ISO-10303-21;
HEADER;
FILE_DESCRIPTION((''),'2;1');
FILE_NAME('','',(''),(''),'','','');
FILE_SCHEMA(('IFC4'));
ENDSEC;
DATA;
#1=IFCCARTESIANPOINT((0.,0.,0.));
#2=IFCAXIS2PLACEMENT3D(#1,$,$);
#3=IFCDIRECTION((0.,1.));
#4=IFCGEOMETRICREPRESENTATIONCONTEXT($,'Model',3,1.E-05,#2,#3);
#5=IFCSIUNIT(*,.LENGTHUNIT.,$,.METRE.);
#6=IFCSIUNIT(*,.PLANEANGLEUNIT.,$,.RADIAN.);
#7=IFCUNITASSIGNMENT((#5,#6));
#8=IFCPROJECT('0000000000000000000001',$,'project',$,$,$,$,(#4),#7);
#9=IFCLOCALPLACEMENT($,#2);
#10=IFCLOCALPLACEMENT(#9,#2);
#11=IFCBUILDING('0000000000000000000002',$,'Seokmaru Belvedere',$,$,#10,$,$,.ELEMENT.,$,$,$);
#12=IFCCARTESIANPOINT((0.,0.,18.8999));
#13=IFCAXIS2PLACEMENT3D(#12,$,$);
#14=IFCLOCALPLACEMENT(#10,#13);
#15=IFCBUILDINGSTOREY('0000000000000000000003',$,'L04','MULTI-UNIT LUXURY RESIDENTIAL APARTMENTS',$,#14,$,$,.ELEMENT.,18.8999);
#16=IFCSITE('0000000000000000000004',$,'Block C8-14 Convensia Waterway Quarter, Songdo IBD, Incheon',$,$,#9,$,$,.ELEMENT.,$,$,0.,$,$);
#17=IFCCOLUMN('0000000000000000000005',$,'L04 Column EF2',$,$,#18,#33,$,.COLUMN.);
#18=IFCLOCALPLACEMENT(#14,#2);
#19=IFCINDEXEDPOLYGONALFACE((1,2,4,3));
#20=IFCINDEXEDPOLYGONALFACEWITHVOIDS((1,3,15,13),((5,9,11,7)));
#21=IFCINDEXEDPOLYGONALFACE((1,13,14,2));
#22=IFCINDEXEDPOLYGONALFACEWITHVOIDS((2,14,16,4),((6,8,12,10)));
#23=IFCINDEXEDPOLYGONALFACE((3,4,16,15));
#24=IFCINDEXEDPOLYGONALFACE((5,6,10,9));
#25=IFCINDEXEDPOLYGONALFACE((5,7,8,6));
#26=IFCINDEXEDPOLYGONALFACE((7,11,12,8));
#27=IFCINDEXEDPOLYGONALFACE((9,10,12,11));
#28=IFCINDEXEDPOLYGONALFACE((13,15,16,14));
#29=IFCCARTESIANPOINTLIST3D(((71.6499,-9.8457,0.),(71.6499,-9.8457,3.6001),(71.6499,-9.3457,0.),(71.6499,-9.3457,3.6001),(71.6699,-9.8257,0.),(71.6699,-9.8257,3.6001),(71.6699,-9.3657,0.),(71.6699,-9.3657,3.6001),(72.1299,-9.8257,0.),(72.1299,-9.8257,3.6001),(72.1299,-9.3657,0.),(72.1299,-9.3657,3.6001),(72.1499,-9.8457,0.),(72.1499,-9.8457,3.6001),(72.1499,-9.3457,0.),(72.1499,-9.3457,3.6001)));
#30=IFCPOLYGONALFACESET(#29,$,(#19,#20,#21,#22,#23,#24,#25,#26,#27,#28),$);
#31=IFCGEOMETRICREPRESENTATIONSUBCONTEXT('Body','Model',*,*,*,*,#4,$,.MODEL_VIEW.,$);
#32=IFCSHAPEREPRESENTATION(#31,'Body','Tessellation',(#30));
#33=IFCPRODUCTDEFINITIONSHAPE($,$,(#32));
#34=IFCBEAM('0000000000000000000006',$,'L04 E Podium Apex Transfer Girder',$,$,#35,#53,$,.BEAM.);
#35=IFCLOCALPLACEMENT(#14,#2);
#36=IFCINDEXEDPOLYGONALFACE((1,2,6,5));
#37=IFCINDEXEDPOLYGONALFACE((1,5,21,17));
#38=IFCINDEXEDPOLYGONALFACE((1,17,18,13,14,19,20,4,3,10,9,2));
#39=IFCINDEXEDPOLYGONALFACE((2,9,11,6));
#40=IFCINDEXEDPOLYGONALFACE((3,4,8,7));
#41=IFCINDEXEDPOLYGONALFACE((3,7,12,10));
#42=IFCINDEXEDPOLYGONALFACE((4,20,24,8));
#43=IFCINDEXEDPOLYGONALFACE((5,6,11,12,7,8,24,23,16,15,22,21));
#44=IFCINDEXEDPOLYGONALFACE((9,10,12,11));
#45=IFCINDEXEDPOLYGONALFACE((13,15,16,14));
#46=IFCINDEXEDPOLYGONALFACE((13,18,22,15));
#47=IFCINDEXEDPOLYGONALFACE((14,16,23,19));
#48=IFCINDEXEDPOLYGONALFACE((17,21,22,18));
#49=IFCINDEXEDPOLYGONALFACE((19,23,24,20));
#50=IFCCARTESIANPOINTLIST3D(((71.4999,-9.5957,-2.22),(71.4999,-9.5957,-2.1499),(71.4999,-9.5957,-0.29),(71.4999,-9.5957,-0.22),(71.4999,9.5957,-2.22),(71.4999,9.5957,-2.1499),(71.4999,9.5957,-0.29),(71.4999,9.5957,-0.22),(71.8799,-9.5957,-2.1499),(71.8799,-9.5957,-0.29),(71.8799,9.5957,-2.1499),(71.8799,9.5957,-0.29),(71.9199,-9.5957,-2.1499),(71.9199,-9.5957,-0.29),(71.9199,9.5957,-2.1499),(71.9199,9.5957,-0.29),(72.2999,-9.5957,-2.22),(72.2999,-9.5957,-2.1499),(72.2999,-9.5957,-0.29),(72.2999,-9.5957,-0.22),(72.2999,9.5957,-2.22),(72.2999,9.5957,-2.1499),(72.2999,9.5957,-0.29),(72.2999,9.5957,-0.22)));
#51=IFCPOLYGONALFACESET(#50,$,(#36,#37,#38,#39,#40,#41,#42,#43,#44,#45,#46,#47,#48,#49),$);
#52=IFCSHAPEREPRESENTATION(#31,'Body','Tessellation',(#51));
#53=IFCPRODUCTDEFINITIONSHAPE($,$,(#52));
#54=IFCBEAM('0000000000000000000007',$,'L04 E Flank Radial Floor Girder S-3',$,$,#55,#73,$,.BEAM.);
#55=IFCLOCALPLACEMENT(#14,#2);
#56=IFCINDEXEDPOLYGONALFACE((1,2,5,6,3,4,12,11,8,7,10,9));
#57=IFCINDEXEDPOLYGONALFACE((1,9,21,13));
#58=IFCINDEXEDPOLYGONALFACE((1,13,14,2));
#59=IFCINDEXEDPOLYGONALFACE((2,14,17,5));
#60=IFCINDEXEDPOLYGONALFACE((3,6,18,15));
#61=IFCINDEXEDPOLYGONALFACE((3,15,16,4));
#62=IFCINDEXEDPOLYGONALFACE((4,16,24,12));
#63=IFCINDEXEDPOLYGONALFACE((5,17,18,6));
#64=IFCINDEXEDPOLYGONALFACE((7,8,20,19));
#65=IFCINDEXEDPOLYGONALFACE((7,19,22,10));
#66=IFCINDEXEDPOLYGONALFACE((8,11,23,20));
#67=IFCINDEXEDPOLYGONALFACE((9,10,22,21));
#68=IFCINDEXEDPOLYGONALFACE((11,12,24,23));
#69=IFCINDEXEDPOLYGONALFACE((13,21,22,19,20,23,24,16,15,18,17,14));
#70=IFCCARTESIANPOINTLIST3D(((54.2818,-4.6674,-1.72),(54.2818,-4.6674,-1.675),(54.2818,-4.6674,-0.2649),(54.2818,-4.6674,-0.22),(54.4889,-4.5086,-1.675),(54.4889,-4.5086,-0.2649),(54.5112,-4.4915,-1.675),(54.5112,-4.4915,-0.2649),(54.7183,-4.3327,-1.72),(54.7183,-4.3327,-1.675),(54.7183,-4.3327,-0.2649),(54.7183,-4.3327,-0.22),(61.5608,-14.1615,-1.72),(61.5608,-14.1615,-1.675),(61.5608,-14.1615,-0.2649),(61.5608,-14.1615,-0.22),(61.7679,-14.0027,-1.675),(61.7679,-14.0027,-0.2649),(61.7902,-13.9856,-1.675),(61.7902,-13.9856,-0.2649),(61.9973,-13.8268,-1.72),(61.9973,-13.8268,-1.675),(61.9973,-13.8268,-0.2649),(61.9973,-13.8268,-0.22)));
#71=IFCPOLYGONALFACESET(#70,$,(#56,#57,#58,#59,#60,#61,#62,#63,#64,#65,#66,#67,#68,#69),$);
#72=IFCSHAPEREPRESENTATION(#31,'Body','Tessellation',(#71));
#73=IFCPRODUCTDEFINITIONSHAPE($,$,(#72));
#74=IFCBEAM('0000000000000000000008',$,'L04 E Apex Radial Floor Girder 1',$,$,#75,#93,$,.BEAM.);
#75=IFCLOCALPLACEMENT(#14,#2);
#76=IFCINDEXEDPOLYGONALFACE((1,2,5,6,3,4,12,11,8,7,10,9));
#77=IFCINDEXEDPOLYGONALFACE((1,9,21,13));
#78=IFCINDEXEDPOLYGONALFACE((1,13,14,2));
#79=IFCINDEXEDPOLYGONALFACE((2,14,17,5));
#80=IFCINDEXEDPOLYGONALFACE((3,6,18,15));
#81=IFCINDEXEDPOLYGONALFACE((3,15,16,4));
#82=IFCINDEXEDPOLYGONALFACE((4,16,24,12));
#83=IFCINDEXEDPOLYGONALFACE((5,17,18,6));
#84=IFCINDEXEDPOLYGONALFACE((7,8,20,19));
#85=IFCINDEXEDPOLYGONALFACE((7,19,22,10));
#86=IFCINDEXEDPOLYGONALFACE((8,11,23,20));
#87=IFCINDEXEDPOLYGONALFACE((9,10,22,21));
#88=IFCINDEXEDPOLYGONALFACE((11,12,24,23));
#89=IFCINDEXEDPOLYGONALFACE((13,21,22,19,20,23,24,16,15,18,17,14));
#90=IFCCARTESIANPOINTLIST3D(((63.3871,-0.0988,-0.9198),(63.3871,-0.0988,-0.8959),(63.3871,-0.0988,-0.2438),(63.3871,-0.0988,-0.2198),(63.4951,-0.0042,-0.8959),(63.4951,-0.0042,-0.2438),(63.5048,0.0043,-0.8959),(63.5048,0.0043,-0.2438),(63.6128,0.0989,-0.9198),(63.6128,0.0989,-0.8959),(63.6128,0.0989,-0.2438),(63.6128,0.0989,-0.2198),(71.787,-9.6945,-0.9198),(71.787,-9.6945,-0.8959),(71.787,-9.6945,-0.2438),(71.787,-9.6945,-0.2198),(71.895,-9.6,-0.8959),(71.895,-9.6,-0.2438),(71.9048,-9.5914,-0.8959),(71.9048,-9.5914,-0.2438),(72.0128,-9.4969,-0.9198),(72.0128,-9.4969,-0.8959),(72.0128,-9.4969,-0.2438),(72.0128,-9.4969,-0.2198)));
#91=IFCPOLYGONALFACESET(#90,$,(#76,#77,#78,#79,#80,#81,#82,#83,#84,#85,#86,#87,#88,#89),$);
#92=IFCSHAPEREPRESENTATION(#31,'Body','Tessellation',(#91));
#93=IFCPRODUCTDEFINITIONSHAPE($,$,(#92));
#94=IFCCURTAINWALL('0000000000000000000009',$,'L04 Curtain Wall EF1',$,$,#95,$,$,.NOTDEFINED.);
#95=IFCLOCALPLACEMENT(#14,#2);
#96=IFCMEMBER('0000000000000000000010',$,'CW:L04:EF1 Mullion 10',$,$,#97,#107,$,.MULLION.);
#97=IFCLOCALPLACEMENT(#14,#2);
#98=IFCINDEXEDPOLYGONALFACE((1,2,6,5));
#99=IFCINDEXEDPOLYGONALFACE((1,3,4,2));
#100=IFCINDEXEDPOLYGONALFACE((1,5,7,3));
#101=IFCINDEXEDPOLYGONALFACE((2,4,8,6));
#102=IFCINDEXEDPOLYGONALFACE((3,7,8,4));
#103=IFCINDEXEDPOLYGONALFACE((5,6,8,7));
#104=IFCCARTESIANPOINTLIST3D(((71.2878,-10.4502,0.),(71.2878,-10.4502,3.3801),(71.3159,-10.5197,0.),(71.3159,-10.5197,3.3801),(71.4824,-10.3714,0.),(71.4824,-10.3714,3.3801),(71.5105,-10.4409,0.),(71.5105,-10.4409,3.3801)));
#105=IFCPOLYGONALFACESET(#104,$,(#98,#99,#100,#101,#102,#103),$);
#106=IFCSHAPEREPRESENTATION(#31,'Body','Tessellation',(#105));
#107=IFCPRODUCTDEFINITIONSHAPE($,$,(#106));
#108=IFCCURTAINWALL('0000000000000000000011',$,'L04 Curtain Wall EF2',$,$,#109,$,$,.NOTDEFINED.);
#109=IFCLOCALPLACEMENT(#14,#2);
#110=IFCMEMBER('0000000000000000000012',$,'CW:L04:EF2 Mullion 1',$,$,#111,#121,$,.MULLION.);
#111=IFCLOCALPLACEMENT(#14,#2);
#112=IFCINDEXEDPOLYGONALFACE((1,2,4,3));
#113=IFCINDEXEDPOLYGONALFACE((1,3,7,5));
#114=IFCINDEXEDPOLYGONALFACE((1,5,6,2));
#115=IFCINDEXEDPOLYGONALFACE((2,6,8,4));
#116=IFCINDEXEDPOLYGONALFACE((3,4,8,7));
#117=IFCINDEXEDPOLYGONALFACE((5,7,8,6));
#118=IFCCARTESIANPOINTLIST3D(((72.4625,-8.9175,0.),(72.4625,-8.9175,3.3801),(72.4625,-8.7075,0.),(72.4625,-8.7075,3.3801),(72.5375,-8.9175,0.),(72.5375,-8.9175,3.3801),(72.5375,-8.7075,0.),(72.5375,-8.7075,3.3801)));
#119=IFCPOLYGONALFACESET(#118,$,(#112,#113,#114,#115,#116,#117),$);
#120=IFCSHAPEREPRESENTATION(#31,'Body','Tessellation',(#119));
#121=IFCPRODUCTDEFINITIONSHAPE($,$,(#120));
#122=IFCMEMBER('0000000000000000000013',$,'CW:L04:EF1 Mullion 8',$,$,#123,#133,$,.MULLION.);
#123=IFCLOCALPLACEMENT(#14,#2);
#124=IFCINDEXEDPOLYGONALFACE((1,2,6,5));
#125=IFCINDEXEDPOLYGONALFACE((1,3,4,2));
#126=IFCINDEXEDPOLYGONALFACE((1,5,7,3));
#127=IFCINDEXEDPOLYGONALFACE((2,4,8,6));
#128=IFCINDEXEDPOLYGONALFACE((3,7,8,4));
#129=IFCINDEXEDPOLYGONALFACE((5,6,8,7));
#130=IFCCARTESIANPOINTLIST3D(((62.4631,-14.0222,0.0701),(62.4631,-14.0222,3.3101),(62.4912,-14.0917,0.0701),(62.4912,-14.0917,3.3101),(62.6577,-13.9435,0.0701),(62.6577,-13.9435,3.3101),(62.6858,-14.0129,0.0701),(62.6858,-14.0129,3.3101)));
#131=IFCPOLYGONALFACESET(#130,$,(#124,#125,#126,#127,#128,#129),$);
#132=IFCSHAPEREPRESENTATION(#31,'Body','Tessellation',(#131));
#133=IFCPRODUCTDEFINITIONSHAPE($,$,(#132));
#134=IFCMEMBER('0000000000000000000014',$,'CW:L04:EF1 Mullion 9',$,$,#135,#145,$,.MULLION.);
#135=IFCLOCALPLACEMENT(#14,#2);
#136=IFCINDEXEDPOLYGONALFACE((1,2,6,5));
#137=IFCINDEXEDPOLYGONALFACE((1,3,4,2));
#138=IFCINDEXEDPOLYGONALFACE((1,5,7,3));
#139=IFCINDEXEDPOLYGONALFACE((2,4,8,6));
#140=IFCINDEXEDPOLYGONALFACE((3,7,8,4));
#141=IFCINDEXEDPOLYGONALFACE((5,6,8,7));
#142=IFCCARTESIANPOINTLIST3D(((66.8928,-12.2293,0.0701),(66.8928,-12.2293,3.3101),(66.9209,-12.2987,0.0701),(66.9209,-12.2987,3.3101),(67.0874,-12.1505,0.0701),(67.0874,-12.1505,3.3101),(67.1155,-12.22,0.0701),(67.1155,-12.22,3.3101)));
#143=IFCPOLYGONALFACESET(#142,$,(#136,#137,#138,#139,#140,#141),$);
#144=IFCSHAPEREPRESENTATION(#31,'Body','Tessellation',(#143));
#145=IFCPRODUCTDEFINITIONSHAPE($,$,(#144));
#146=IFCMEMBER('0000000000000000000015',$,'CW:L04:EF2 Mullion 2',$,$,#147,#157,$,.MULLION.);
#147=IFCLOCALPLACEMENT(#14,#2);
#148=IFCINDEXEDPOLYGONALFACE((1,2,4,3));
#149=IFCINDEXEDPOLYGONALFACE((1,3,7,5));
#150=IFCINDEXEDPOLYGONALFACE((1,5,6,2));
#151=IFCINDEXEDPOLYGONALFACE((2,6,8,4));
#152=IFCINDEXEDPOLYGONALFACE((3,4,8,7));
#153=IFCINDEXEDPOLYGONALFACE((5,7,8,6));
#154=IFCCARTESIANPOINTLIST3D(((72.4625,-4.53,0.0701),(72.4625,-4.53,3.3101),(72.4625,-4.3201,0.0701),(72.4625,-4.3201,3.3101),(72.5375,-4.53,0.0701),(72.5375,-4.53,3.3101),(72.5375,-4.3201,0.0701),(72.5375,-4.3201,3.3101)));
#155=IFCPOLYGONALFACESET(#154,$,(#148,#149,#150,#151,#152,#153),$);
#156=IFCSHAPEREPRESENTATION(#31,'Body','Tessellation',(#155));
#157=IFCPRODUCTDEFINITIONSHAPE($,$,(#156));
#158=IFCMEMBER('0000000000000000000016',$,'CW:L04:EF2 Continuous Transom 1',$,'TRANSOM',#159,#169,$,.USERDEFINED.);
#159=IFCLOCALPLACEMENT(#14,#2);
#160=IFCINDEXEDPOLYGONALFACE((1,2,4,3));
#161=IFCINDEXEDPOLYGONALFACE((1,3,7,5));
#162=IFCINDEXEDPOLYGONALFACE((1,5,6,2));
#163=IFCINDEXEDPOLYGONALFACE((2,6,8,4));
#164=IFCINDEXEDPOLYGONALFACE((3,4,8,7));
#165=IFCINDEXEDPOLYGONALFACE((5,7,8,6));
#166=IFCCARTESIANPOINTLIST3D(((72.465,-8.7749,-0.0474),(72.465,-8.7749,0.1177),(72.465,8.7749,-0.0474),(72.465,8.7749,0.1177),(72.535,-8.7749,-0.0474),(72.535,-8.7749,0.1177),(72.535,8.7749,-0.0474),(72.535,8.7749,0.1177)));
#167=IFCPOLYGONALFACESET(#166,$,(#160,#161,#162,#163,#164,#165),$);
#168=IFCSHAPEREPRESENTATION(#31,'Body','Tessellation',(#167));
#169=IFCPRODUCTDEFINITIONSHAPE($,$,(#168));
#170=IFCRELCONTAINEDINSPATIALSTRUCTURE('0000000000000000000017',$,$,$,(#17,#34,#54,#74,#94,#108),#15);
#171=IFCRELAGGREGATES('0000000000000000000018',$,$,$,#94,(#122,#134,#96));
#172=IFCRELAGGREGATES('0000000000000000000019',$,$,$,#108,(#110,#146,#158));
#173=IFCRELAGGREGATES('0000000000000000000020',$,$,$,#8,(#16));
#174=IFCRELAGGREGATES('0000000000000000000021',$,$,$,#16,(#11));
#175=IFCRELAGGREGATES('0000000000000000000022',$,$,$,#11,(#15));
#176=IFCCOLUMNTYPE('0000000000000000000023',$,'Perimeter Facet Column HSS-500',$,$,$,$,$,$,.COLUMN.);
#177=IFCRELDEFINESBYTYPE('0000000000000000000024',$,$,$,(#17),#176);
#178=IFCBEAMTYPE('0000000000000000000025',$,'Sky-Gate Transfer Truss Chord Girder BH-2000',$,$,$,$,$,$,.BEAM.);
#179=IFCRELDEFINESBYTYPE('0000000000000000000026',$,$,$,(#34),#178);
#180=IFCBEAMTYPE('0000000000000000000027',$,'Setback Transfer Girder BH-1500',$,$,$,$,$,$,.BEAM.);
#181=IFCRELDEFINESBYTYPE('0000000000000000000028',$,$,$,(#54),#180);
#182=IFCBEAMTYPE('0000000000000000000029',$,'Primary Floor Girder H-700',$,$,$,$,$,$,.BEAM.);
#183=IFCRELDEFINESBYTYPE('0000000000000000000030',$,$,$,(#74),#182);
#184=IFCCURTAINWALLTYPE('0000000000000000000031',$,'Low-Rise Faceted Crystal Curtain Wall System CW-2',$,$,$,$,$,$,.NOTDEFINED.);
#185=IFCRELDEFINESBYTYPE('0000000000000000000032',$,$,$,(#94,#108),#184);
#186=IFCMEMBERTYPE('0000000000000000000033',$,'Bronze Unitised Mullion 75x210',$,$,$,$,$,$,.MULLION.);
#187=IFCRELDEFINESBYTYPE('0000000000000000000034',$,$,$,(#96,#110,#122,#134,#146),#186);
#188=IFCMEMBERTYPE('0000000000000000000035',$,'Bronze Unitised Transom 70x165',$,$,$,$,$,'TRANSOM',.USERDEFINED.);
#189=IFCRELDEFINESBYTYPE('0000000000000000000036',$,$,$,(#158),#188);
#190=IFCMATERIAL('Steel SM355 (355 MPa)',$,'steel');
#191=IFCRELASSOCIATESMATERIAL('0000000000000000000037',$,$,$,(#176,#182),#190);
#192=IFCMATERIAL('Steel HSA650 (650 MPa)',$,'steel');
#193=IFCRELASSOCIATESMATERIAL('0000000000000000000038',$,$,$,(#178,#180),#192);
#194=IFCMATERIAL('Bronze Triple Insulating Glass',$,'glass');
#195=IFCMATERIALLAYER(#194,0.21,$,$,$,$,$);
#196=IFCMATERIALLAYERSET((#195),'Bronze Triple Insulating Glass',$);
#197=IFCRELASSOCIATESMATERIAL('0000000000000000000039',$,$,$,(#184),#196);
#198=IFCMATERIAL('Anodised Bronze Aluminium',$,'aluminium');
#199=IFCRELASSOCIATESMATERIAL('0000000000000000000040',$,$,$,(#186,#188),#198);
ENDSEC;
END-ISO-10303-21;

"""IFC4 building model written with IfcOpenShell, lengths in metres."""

from ifc_helpers import new_model, si_unit, direction, frame, origin, origin_2d, place, context, subcontext, project, spatial, rectangle, hollow_rectangle, i_section, extrude, source, transform, mapped, material, layer, layer_set, material_profile, profile_set, type_object, type_shapes, element, aggregate, save


model = new_model("IFC4")

# Units and contexts
model_context = context("Model", 3, precision=1e-05, world=origin(), true_north=direction((0.0, 1.0)))
body_context = subcontext(model_context, "Body", "Model", "MODEL_VIEW")
ifc_project = project(units=[si_unit("LENGTHUNIT", "METRE"), si_unit("PLANEANGLEUNIT", "RADIAN")], contexts=[model_context])

# Site, building, storey
site_placement = place(None, origin())
site = spatial("IfcSite", under=ifc_project, at=site_placement, Name="Block C8-14 Convensia Waterway Quarter, Songdo IBD, Incheon", CompositionType="ELEMENT", RefElevation=0.0)
building_placement = place(site_placement, origin())
building = spatial("IfcBuilding", under=site, at=building_placement, Name="Seokmaru Belvedere", CompositionType="ELEMENT")
storey_placement = place(building_placement, frame((0.0, 0.0, 18.8999)))
storey = spatial("IfcBuildingStorey", under=building, at=storey_placement, Name="L04", Description="MULTI-UNIT LUXURY RESIDENTIAL APARTMENTS", CompositionType="ELEMENT", Elevation=18.8999)

# Column
ifc_material_1 = material(Name="Steel SM355 (355 MPa)", Category="steel")
ifc_material_profile_1 = material_profile(ifc_material_1, hollow_rectangle(XDim=0.5, YDim=0.5, WallThickness=0.02, at=origin_2d()), Name="HSS-500x500x20")
ifc_profile_set_1 = profile_set([ifc_material_profile_1], Name="Steel SM355 (355 MPa)")
column_type = type_object("IfcColumnType", Name="Perimeter Facet Column HSS-500", PredefinedType="COLUMN", material=ifc_profile_set_1)
shared_shape_1 = source(origin(), body_context, "Body", "SweptSolid", [
    extrude(hollow_rectangle(XDim=0.5, YDim=0.5, WallThickness=0.02, at=origin_2d()), origin(), (0.0, 0.0, 1.0), 3.6001),
])
type_shapes(column_type, [shared_shape_1])
column_placement = place(storey_placement, frame((71.8999, -9.5957, 0.0), z_axis=(0.0, 0.0, 1.0), x_axis=(1.0, 0.0, 0.0)))
element("IfcColumn", 1, at=column_placement, inside=storey, type_object=column_type, Name="L04 Column EF2", PredefinedType="COLUMN", context=body_context, shape_type="MappedRepresentation", body=[
    mapped(shared_shape_1, transform((0.0, 0.0, 0.0), scale=1.0)),
])

# Beams
ifc_material_2 = material(Name="Steel HSA650 (650 MPa)", Category="steel")
ifc_material_profile_2 = material_profile(ifc_material_2, i_section(OverallWidth=0.8, OverallDepth=2.0, WebThickness=0.04, FlangeThickness=0.0701, at=origin_2d()), Name="BH-2000x800x40x70")
ifc_profile_set_2 = profile_set([ifc_material_profile_2], Name="Steel HSA650 (650 MPa)")
beam_type_1 = type_object("IfcBeamType", Name="Sky-Gate Transfer Truss Chord Girder BH-2000", PredefinedType="BEAM", material=ifc_profile_set_2)
shared_shape_2 = source(origin(), body_context, "Body", "SweptSolid", [
    extrude(i_section(OverallWidth=0.8, OverallDepth=2.0, WebThickness=0.04, FlangeThickness=0.0701, at=origin_2d()), origin(), (0.0, 0.0, 1.0), 19.1914),
])
type_shapes(beam_type_1, [shared_shape_2])
beam_1_placement = place(storey_placement, frame((71.8999, -9.5957, -1.22), z_axis=(0.0, 1.0, 0.0), x_axis=(-1.0, 0.0, 0.0)))
element("IfcBeam", 2, at=beam_1_placement, inside=storey, type_object=beam_type_1, Name="L04 E Podium Apex Transfer Girder", PredefinedType="BEAM", context=body_context, shape_type="MappedRepresentation", body=[
    mapped(shared_shape_2, transform((0.0, 0.0, 0.0), scale=1.0)),
])
ifc_material_profile_3 = material_profile(ifc_material_2, i_section(OverallWidth=0.55, OverallDepth=1.5, WebThickness=0.0281, FlangeThickness=0.0449, at=origin_2d()), Name="BH-1500x550x28x45")
ifc_profile_set_3 = profile_set([ifc_material_profile_3], Name="Steel HSA650 (650 MPa)")
beam_type_2 = type_object("IfcBeamType", Name="Setback Transfer Girder BH-1500", PredefinedType="BEAM", material=ifc_profile_set_3)
shared_shape_3 = source(origin(), body_context, "Body", "SweptSolid", [
    extrude(i_section(OverallWidth=0.55, OverallDepth=1.5, WebThickness=0.0281, FlangeThickness=0.0449, at=origin_2d()), origin(), (0.0, 0.0, 1.0), 11.9634),
])
type_shapes(beam_type_2, [shared_shape_3])
beam_2_placement = place(storey_placement, frame((61.7791, -13.9941, -0.97), z_axis=(-0.608443, 0.793598, 0.0), x_axis=(-0.793598, -0.608443, 0.0)))
element("IfcBeam", 3, at=beam_2_placement, inside=storey, type_object=beam_type_2, Name="L04 E Flank Radial Floor Girder S-3", PredefinedType="BEAM", context=body_context, shape_type="MappedRepresentation", body=[
    mapped(shared_shape_3, transform((0.0, 0.0, 0.0), scale=1.0)),
])
ifc_material_profile_4 = material_profile(ifc_material_1, i_section(OverallWidth=0.3, OverallDepth=0.7, WebThickness=0.0129, FlangeThickness=0.0239, at=origin_2d()), Name="H-700x300x13x24")
ifc_profile_set_4 = profile_set([ifc_material_profile_4], Name="Steel SM355 (355 MPa)")
beam_type_3 = type_object("IfcBeamType", Name="Primary Floor Girder H-700", PredefinedType="BEAM", material=ifc_profile_set_4)
shared_shape_4 = source(origin(), body_context, "Body", "SweptSolid", [
    extrude(i_section(OverallWidth=0.3, OverallDepth=0.7, WebThickness=0.0129, FlangeThickness=0.0239, at=origin_2d()), origin(), (0.0, 0.0, 1.0), 12.7529),
])
type_shapes(beam_type_3, [shared_shape_4])
beam_3_placement = place(storey_placement, frame((71.8999, -9.5957, -0.5698), z_axis=(-0.658667, 0.752434, 0.0), x_axis=(-0.752434, -0.658667, 0.0)))
element("IfcBeam", 4, at=beam_3_placement, inside=storey, type_object=beam_type_3, Name="L04 E Apex Radial Floor Girder 1", PredefinedType="BEAM", context=body_context, shape_type="MappedRepresentation", body=[
    mapped(shared_shape_4, transform((0.0, 0.0, 0.0), scale=1.0)),
])

# Curtain walls, members
ifc_material_3 = material(Name="Bronze Triple Insulating Glass", Category="glass")
ifc_layer_1 = layer(ifc_material_3, 0.21)
ifc_layer_set_1 = layer_set([ifc_layer_1], Name="Bronze Triple Insulating Glass")
curtain_wall_type = type_object("IfcCurtainWallType", Name="Low-Rise Faceted Crystal Curtain Wall System CW-2", PredefinedType="NOTDEFINED", material=ifc_layer_set_1)
curtain_wall_1_placement = place(storey_placement, origin())
curtain_wall_1 = element("IfcCurtainWall", 5, at=curtain_wall_1_placement, inside=storey, type_object=curtain_wall_type, Name="L04 Curtain Wall EF1", PredefinedType="NOTDEFINED")
ifc_material_4 = material(Name="Anodised Bronze Aluminium", Category="aluminium")
ifc_material_profile_5 = material_profile(ifc_material_4, rectangle(XDim=0.075, YDim=0.21, at=origin_2d()), Name="CW-M-75x210")
ifc_profile_set_5 = profile_set([ifc_material_profile_5], Name="Anodised Bronze Aluminium")
member_type_1 = type_object("IfcMemberType", Name="Bronze Unitised Mullion 75x210", PredefinedType="MULLION", material=ifc_profile_set_5)
shared_shape_5 = source(origin(), body_context, "Body", "SweptSolid", [
    extrude(rectangle(XDim=0.075, YDim=0.21, at=origin_2d()), origin(), (0.0, 0.0, 1.0), 3.3801),
])
member_1_placement = place(storey_placement, frame((71.3992, -10.4456, 0.0), z_axis=(0.0, 0.0, 1.0), x_axis=(-0.375192, 0.926947, 0.0)))
member_1 = element("IfcMember", 6, at=member_1_placement, type_object=member_type_1, Name="CW:L04:EF1 Mullion 10", PredefinedType="MULLION", context=body_context, shape_type="MappedRepresentation", body=[
    mapped(shared_shape_5, transform((0.0, 0.0, 0.0), scale=1.0)),
])
curtain_wall_2_placement = place(storey_placement, origin())
curtain_wall_2 = element("IfcCurtainWall", 7, at=curtain_wall_2_placement, inside=storey, type_object=curtain_wall_type, Name="L04 Curtain Wall EF2", PredefinedType="NOTDEFINED")
member_2_placement = place(storey_placement, frame((72.5, -8.8125, 0.0), z_axis=(0.0, 0.0, 1.0), x_axis=(-1.0, 0.0, 0.0)))
member_2 = element("IfcMember", 8, at=member_2_placement, type_object=member_type_1, Name="CW:L04:EF2 Mullion 1", PredefinedType="MULLION", context=body_context, shape_type="MappedRepresentation", body=[
    mapped(shared_shape_5, transform((0.0, 0.0, 0.0), scale=1.0)),
])

# Members
shared_shape_6 = source(origin(), body_context, "Body", "SweptSolid", [
    extrude(rectangle(XDim=0.075, YDim=0.21, at=origin_2d()), origin(), (0.0, 0.0, 1.0), 3.24),
])
type_shapes(member_type_1, [shared_shape_5, shared_shape_6])
member_3_placement = place(storey_placement, frame((62.5745, -14.0176, 0.0701), z_axis=(0.0, 0.0, 1.0), x_axis=(-0.375192, 0.926947, 0.0)))
member_3 = element("IfcMember", 9, at=member_3_placement, type_object=member_type_1, Name="CW:L04:EF1 Mullion 8", PredefinedType="MULLION", context=body_context, shape_type="MappedRepresentation", body=[
    mapped(shared_shape_6, transform((0.0, 0.0, 0.0), scale=1.0)),
])
member_4_placement = place(storey_placement, frame((67.0042, -12.2246, 0.0701), z_axis=(0.0, 0.0, 1.0), x_axis=(-0.375192, 0.926947, 0.0)))
member_4 = element("IfcMember", 10, at=member_4_placement, type_object=member_type_1, Name="CW:L04:EF1 Mullion 9", PredefinedType="MULLION", context=body_context, shape_type="MappedRepresentation", body=[
    mapped(shared_shape_6, transform((0.0, 0.0, 0.0), scale=1.0)),
])
member_5_placement = place(storey_placement, frame((72.5, -4.425, 0.0701), z_axis=(0.0, 0.0, 1.0), x_axis=(-1.0, 0.0, 0.0)))
member_5 = element("IfcMember", 11, at=member_5_placement, type_object=member_type_1, Name="CW:L04:EF2 Mullion 2", PredefinedType="MULLION", context=body_context, shape_type="MappedRepresentation", body=[
    mapped(shared_shape_6, transform((0.0, 0.0, 0.0), scale=1.0)),
])
ifc_material_profile_6 = material_profile(ifc_material_4, rectangle(XDim=0.0701, YDim=0.165, at=origin_2d()), Name="CW-T-70x165")
ifc_profile_set_6 = profile_set([ifc_material_profile_6], Name="Anodised Bronze Aluminium")
member_type_2 = type_object("IfcMemberType", Name="Bronze Unitised Transom 70x165", ElementType="TRANSOM", PredefinedType="USERDEFINED", material=ifc_profile_set_6)
shared_shape_7 = source(origin(), body_context, "Body", "SweptSolid", [
    extrude(rectangle(XDim=0.0701, YDim=0.165, at=origin_2d()), origin(), (0.0, 0.0, 1.0), 17.5498),
])
type_shapes(member_type_2, [shared_shape_7])
member_6_placement = place(storey_placement, frame((72.5, -8.7749, 0.0352), z_axis=(0.0, 1.0, 0.0), x_axis=(-1.0, 0.0, 0.0)))
member_6 = element("IfcMember", 12, at=member_6_placement, type_object=member_type_2, Name="CW:L04:EF2 Continuous Transom 1", ObjectType="TRANSOM", PredefinedType="USERDEFINED", context=body_context, shape_type="MappedRepresentation", body=[
    mapped(shared_shape_7, transform((0.0, 0.0, 0.0), scale=1.0)),
])

aggregate(curtain_wall_1, [member_3, member_4, member_1])
aggregate(curtain_wall_2, [member_2, member_5, member_6])

save(model, "model.ifc")
